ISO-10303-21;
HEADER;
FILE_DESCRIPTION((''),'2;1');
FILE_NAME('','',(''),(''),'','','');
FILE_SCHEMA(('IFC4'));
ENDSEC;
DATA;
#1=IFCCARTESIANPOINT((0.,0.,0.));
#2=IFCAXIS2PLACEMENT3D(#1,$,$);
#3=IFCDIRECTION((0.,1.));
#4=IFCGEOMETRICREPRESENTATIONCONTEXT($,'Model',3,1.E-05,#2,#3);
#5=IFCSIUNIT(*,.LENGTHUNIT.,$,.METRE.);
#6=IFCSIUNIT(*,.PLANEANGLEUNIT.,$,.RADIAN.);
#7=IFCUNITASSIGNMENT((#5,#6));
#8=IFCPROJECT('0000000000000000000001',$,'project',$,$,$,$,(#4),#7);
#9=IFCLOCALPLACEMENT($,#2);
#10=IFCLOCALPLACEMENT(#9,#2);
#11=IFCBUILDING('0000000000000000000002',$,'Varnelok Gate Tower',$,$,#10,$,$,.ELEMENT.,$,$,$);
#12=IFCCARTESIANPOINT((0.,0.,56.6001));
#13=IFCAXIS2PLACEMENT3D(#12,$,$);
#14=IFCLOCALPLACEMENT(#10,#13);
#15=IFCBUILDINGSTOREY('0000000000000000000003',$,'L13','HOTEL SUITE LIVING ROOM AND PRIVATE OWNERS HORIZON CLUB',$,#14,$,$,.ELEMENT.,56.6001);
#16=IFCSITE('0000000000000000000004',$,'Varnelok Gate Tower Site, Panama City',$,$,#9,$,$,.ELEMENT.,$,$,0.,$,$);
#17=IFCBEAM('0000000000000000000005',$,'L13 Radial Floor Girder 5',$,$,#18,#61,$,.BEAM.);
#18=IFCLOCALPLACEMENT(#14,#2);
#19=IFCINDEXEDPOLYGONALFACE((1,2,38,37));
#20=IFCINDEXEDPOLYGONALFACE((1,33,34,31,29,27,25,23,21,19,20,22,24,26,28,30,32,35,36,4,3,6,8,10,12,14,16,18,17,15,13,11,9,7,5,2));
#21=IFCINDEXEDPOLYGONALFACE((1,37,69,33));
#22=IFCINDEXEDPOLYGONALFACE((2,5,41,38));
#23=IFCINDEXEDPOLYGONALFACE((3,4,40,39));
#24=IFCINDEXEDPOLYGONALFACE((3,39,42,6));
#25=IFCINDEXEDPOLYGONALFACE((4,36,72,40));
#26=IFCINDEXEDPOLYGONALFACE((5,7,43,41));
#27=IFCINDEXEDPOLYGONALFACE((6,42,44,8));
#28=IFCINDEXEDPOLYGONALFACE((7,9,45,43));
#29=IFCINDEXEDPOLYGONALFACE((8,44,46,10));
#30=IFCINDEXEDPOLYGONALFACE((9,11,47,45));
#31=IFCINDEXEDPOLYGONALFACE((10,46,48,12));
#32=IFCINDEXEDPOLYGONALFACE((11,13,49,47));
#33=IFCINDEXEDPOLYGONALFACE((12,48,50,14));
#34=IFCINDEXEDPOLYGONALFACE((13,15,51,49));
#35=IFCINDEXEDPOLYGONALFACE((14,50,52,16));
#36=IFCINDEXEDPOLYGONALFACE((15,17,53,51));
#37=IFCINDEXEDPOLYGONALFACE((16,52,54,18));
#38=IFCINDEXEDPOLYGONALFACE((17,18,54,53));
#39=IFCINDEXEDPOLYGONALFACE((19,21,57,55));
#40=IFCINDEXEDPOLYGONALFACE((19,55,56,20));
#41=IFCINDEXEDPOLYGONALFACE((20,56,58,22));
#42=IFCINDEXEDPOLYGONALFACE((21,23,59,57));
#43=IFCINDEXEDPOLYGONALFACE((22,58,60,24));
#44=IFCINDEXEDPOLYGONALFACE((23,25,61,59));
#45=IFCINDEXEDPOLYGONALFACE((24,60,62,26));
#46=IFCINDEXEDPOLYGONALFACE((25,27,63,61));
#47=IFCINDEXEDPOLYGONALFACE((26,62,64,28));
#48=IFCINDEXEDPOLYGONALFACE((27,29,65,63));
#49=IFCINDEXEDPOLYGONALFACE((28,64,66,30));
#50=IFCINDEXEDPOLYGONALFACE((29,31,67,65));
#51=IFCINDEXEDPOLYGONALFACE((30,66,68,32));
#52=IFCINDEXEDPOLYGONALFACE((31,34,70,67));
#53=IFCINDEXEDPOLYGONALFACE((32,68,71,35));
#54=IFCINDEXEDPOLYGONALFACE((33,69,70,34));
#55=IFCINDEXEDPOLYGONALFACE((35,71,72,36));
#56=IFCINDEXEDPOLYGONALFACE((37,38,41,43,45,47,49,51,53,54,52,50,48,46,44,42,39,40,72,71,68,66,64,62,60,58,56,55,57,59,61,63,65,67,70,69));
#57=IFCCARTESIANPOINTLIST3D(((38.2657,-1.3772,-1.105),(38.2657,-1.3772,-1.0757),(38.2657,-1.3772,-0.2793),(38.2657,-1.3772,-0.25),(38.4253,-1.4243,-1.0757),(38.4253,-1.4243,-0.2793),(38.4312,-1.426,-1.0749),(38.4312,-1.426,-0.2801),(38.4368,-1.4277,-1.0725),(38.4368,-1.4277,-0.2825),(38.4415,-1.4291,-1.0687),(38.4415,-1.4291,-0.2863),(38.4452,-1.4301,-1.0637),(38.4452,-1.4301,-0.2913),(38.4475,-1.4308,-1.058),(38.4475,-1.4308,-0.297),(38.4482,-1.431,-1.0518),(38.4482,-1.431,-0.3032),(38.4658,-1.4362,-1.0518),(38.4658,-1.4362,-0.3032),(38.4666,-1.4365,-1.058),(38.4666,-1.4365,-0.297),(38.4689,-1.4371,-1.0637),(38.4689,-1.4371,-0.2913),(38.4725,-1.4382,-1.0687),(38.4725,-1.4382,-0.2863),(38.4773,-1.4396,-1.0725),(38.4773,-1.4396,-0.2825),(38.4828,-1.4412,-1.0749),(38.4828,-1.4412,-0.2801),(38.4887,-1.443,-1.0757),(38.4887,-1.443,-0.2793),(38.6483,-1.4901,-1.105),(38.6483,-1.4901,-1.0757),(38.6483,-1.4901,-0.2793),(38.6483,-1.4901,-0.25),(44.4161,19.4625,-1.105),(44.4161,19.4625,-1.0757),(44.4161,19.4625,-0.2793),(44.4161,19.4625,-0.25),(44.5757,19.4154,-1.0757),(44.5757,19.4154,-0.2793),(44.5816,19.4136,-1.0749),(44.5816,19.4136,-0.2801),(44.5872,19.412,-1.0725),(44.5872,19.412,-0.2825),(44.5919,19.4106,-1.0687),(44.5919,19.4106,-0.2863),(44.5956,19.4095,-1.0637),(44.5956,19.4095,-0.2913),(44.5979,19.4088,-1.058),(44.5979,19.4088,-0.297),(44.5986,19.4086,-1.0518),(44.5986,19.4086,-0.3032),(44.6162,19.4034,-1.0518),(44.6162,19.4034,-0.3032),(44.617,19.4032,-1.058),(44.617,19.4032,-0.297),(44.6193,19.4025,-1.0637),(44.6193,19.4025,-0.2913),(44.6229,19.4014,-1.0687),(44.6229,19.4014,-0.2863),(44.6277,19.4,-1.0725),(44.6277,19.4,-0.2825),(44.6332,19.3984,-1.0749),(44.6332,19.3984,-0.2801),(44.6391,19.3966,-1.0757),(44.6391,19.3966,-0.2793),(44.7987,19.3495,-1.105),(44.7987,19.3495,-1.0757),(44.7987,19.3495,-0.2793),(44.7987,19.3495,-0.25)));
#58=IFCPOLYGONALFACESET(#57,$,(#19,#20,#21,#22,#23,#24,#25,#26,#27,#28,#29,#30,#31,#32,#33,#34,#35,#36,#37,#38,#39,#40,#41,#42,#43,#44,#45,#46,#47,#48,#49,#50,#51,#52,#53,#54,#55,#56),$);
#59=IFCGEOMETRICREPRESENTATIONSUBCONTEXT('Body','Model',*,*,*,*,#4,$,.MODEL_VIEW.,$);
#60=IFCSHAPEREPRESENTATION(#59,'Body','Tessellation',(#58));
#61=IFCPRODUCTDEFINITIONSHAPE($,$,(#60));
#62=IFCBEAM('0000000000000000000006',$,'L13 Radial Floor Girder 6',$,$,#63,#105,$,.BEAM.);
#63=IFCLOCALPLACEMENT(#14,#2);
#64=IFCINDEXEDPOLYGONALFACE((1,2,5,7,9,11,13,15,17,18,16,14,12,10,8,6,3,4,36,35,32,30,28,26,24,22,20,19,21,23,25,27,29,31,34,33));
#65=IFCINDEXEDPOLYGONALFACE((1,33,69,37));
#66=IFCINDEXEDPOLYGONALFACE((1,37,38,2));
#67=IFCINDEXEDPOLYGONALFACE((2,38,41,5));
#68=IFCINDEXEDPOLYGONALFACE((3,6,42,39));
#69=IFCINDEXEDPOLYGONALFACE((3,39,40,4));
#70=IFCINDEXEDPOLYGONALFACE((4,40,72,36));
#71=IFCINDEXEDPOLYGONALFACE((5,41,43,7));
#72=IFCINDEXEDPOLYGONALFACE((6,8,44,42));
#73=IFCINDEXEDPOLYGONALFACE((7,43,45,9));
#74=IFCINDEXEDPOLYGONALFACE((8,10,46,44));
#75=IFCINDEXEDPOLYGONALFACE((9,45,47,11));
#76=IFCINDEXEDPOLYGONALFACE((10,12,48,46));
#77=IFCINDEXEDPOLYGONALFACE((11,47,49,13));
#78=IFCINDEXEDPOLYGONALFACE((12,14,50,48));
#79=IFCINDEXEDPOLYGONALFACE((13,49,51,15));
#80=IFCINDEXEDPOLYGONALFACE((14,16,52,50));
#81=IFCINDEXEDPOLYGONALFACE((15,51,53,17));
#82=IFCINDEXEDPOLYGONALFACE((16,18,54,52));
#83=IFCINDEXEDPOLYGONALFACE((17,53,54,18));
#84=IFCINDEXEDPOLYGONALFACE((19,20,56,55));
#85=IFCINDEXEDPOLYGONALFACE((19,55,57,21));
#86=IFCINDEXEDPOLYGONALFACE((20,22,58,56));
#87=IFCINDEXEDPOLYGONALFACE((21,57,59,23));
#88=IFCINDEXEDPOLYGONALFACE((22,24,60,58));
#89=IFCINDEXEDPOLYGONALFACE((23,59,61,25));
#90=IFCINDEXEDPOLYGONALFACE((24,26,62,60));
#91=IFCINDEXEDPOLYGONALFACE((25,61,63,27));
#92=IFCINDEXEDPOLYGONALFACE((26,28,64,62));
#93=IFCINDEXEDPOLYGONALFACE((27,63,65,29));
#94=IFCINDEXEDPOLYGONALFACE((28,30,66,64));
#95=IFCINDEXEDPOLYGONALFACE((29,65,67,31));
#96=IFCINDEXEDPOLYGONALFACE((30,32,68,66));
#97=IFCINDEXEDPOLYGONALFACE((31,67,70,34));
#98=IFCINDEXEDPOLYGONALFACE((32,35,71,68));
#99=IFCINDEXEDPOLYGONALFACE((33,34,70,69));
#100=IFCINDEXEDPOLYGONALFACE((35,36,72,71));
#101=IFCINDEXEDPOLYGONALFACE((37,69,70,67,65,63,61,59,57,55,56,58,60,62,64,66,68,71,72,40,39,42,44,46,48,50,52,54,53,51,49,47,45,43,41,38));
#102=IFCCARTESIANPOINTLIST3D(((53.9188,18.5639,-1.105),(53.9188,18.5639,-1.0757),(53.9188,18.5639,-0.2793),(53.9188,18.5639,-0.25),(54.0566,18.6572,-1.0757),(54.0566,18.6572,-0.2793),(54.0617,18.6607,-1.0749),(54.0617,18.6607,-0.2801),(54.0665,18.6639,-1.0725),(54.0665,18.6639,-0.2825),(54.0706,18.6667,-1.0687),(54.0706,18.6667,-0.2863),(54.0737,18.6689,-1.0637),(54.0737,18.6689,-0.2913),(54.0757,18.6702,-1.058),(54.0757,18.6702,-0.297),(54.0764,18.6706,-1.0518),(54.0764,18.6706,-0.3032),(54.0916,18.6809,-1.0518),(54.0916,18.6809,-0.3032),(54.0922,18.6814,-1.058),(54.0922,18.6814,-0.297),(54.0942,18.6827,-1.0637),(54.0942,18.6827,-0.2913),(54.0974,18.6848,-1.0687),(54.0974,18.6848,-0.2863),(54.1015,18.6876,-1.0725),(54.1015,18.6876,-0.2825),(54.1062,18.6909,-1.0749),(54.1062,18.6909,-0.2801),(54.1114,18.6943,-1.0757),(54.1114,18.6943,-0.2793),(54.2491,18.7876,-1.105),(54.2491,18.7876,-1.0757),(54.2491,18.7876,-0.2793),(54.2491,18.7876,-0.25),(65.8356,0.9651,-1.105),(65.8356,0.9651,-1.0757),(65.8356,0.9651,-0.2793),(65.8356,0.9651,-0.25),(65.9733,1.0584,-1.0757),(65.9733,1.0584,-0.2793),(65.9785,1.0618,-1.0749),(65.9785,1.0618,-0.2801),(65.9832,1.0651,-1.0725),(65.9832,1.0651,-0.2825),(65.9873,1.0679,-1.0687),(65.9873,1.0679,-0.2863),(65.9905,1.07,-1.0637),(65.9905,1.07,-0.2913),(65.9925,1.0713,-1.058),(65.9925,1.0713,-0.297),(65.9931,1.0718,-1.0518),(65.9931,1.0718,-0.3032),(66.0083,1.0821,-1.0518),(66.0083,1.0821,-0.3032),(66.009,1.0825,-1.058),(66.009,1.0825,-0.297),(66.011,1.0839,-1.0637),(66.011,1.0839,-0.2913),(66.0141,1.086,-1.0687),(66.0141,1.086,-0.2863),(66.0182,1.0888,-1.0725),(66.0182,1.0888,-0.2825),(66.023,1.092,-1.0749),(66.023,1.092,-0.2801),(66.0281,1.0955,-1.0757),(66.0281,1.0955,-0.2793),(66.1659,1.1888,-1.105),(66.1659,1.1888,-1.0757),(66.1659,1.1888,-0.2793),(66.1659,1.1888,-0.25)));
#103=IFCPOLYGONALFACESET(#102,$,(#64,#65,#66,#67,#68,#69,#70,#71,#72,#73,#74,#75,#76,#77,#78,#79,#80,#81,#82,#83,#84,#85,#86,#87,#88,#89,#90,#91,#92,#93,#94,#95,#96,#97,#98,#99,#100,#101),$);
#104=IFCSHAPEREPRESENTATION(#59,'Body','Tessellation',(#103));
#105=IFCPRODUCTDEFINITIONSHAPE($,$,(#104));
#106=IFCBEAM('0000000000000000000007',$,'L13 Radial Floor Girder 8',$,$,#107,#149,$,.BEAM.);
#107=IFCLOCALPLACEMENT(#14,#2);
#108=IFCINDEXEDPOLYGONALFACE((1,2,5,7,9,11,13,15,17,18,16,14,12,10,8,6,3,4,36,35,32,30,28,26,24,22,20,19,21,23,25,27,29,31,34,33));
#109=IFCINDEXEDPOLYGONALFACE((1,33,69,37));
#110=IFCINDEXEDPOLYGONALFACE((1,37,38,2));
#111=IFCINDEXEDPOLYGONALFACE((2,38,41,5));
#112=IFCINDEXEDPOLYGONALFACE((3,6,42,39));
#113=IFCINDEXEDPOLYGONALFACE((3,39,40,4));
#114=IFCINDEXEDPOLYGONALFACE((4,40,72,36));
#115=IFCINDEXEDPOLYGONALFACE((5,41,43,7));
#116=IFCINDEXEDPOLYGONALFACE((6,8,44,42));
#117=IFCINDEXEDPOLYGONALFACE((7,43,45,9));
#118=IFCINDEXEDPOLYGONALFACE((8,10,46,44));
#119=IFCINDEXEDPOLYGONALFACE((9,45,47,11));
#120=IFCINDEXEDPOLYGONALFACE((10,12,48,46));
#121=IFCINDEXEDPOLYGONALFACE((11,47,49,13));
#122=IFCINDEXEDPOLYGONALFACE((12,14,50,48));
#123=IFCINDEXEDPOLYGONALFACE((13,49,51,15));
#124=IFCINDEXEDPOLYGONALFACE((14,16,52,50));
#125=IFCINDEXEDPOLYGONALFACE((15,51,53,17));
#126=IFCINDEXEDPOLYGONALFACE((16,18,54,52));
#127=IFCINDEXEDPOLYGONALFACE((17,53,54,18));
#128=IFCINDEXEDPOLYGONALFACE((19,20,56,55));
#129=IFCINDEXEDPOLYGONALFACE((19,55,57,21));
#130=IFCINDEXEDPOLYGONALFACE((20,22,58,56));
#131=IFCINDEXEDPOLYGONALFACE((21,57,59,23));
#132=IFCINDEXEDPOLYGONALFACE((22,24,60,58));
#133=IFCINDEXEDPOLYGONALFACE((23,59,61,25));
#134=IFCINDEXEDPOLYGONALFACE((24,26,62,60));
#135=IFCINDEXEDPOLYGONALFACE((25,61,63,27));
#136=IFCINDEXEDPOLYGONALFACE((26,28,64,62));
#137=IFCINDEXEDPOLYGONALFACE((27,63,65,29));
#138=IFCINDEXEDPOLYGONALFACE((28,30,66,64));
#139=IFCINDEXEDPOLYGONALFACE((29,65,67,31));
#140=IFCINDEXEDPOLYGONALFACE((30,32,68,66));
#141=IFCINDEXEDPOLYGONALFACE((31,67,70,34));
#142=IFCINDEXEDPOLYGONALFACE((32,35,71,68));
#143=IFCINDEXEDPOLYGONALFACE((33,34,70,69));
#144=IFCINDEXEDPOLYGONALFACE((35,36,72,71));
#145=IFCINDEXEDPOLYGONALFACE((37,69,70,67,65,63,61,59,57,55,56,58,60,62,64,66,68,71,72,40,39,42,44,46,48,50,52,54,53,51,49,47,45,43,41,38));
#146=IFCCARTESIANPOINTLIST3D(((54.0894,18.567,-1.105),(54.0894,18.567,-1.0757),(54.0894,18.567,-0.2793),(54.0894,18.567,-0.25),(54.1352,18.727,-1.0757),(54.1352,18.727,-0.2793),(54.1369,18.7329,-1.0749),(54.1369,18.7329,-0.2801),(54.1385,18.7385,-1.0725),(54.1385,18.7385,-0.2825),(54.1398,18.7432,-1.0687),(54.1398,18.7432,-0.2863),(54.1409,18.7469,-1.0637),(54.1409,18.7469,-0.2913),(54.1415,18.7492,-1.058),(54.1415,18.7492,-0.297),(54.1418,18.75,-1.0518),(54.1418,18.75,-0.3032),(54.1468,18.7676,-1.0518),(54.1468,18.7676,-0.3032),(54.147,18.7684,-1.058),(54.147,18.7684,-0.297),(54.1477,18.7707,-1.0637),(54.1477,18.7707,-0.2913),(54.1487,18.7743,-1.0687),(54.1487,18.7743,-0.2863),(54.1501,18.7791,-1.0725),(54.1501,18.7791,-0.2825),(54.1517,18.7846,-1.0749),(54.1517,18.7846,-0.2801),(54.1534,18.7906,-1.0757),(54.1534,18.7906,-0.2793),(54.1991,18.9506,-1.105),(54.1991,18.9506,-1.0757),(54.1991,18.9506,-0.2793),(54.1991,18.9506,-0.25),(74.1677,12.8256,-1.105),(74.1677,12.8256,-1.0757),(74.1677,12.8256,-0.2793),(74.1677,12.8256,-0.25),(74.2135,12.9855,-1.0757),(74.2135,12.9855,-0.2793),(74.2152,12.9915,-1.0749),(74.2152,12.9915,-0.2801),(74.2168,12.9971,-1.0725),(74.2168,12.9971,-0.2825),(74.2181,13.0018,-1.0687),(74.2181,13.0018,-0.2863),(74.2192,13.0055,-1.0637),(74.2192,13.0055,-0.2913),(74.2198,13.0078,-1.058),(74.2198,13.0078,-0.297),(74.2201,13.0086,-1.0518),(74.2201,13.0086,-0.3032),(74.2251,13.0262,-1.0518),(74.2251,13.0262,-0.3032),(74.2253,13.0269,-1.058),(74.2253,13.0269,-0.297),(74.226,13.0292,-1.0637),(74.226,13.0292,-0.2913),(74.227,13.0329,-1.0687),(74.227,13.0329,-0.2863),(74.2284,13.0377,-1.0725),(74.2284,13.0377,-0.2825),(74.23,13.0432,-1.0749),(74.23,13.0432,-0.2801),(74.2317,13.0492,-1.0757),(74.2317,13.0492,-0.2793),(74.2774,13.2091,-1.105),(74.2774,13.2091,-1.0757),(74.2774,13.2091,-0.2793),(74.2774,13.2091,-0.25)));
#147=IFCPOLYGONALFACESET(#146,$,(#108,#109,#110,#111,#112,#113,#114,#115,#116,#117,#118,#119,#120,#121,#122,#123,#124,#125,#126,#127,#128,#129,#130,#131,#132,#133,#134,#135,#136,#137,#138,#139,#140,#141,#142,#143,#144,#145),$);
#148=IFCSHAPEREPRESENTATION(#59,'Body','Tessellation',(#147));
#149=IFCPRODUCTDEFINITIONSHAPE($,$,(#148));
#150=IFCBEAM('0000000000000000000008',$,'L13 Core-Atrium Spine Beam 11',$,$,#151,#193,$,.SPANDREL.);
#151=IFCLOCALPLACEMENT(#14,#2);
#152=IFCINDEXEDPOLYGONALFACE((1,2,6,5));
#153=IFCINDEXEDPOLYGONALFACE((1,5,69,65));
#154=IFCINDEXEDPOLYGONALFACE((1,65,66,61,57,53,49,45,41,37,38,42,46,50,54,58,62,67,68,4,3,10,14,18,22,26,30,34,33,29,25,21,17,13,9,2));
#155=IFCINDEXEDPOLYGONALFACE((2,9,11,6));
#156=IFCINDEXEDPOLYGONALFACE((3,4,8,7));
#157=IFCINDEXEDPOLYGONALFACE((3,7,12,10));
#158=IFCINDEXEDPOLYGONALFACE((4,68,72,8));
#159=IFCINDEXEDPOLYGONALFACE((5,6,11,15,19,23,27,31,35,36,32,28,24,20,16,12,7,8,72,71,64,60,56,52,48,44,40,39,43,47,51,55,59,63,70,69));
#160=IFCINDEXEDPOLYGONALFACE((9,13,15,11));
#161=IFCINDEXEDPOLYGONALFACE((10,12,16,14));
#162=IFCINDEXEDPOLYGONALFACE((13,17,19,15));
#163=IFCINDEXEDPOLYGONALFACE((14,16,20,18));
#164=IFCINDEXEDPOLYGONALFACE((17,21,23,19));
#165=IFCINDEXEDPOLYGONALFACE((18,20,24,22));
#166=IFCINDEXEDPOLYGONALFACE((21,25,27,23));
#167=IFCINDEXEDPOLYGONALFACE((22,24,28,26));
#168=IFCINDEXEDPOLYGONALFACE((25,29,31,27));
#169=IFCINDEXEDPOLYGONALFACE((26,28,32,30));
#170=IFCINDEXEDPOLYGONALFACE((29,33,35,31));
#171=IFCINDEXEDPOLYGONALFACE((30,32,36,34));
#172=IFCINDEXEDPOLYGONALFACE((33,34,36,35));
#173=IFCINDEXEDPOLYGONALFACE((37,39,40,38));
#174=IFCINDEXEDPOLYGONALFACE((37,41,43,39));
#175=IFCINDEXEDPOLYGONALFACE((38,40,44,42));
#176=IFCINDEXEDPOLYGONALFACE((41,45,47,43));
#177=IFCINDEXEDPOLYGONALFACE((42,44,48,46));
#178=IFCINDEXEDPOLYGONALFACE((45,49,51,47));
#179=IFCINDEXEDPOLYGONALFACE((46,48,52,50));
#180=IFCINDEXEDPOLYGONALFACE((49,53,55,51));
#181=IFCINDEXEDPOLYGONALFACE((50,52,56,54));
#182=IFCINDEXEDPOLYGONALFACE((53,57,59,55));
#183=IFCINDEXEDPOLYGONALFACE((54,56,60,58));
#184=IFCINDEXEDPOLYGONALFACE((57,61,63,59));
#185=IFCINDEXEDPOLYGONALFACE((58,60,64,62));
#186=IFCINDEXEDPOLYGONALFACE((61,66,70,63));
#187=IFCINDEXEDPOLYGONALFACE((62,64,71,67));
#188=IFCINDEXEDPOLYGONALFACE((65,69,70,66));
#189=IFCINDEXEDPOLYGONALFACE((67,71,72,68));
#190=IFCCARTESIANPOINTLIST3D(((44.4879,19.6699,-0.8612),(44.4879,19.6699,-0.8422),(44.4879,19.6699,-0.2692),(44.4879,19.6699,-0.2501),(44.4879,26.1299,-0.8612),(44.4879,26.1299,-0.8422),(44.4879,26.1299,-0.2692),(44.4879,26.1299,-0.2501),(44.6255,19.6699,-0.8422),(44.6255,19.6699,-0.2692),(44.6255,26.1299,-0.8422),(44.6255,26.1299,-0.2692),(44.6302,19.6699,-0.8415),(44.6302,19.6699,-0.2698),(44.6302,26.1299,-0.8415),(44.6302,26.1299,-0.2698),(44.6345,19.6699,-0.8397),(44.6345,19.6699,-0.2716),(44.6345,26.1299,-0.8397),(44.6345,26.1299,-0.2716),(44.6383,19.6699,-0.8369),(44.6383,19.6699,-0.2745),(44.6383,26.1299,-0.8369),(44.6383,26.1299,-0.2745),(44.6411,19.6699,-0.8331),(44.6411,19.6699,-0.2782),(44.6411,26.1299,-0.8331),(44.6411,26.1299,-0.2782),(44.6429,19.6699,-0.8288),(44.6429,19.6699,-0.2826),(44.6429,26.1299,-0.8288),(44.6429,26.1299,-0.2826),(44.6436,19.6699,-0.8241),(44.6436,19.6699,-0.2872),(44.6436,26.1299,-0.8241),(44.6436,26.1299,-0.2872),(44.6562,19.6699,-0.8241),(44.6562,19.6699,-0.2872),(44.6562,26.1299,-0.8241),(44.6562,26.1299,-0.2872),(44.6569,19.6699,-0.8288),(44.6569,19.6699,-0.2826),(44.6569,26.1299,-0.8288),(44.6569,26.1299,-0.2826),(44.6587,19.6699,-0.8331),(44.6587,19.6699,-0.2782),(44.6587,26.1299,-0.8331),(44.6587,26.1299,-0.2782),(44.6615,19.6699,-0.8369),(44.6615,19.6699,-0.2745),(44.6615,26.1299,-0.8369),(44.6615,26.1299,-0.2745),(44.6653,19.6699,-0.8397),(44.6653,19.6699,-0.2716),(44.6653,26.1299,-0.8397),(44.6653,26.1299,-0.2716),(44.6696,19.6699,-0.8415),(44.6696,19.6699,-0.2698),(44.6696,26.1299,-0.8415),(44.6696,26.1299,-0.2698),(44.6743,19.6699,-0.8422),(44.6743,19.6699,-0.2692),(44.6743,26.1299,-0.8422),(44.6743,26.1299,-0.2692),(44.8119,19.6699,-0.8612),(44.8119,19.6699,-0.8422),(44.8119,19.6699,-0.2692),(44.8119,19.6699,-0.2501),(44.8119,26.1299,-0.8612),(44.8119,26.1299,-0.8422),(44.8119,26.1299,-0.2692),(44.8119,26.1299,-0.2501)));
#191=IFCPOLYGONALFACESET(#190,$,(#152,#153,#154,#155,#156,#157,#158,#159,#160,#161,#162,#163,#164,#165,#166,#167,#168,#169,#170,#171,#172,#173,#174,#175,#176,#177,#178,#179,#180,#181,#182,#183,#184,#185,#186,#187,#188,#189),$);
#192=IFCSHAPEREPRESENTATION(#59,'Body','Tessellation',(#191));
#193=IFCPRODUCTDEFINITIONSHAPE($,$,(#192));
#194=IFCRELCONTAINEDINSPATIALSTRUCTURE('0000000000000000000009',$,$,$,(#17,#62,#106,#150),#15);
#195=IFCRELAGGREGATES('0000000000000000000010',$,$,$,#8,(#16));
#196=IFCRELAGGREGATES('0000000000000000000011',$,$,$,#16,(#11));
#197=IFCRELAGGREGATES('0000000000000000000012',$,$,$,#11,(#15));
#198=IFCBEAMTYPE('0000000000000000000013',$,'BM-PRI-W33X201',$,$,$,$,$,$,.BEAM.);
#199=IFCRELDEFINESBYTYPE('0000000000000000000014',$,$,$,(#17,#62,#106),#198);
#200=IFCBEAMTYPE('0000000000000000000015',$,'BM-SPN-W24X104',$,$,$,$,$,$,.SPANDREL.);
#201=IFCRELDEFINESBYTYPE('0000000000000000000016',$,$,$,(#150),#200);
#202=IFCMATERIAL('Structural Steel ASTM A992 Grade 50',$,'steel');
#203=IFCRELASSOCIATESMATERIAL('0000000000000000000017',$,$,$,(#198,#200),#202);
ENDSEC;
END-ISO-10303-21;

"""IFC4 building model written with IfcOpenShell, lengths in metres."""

from ifc_helpers import new_model, si_unit, direction, frame, origin, origin_2d, place, context, subcontext, project, spatial, i_section, extrude, material, material_profile, profile_set, type_object, element, save


model = new_model("IFC4")

# Units and contexts
model_context = context("Model", 3, precision=1e-05, world=origin(), true_north=direction((0.0, 1.0)))
body_context = subcontext(model_context, "Body", "Model", "MODEL_VIEW")
ifc_project = project(units=[si_unit("LENGTHUNIT", "METRE"), si_unit("PLANEANGLEUNIT", "RADIAN")], contexts=[model_context])

# Site, building, storey
site_placement = place(None, origin())
site = spatial("IfcSite", under=ifc_project, at=site_placement, Name="Varnelok Gate Tower Site, Panama City", CompositionType="ELEMENT", RefElevation=0.0)
building_placement = place(site_placement, origin())
building = spatial("IfcBuilding", under=site, at=building_placement, Name="Varnelok Gate Tower", CompositionType="ELEMENT")
storey_placement = place(building_placement, frame((0.0, 0.0, 56.6001)))
storey = spatial("IfcBuildingStorey", under=building, at=storey_placement, Name="L13", Description="HOTEL SUITE LIVING ROOM AND PRIVATE OWNERS HORIZON CLUB", CompositionType="ELEMENT", Elevation=56.6001)

# Shared definitions
ifc_material_1 = material(Name="Structural Steel ASTM A992 Grade 50", Category="steel")

# Beams
ifc_material_profile_1 = material_profile(ifc_material_1, i_section(OverallWidth=0.3989, OverallDepth=0.855, WebThickness=0.0183, FlangeThickness=0.0293, FilletRadius=0.0239, at=origin_2d()), Name="W33X201")
ifc_profile_set_1 = profile_set([ifc_material_profile_1], Name="Structural Steel ASTM A992 Grade 50")
beam_type_1 = type_object("IfcBeamType", Name="BM-PRI-W33X201", PredefinedType="BEAM", material=ifc_profile_set_1)
beam_1_placement = place(storey_placement, frame((44.6074, 19.406, -0.6775), z_axis=(-0.28306, -0.959102, 0.0), x_axis=(0.959102, -0.28306, 0.0)))
element("IfcBeam", 1, at=beam_1_placement, inside=storey, type_object=beam_type_1, Name="L13 Radial Floor Girder 5", PredefinedType="BEAM", context=body_context, shape_type="SweptSolid", body=[
    extrude(i_section(OverallWidth=0.3989, OverallDepth=0.855, WebThickness=0.0183, FlangeThickness=0.0293, FilletRadius=0.0239, at=origin_2d()), origin(), (0.0, 0.0, 1.0), 21.7283),
])
beam_2_placement = place(storey_placement, frame((54.084, 18.6758, -0.6775), z_axis=(0.560685, -0.828029, 0.0), x_axis=(0.828029, 0.560685, 0.0)))
element("IfcBeam", 2, at=beam_2_placement, inside=storey, type_object=beam_type_1, Name="L13 Radial Floor Girder 6", PredefinedType="BEAM", context=body_context, shape_type="SweptSolid", body=[
    extrude(i_section(OverallWidth=0.3989, OverallDepth=0.855, WebThickness=0.0183, FlangeThickness=0.0293, FilletRadius=0.0239, at=origin_2d()), origin(), (0.0, 0.0, 1.0), 21.2539),
])
beam_3_placement = place(storey_placement, frame((54.1443, 18.7588, -0.6775), z_axis=(0.961463, -0.274933, 0.0), x_axis=(0.274933, 0.961463, 0.0)))
element("IfcBeam", 3, at=beam_3_placement, inside=storey, type_object=beam_type_1, Name="L13 Radial Floor Girder 8", PredefinedType="BEAM", context=body_context, shape_type="SweptSolid", body=[
    extrude(i_section(OverallWidth=0.3989, OverallDepth=0.855, WebThickness=0.0183, FlangeThickness=0.0293, FilletRadius=0.0239, at=origin_2d()), origin(), (0.0, 0.0, 1.0), 20.8831),
])
ifc_material_profile_2 = material_profile(ifc_material_1, i_section(OverallWidth=0.324, OverallDepth=0.6111, WebThickness=0.0127, FlangeThickness=0.019, FilletRadius=0.0181, at=origin_2d()), Name="W24X104")
ifc_profile_set_2 = profile_set([ifc_material_profile_2], Name="Structural Steel ASTM A992 Grade 50")
beam_type_2 = type_object("IfcBeamType", Name="BM-SPN-W24X104", PredefinedType="SPANDREL", material=ifc_profile_set_2)
beam_4_placement = place(storey_placement, frame((44.6499, 19.6699, -0.5557), z_axis=(0.0, 1.0, 0.0), x_axis=(-1.0, 0.0, 0.0)))
element("IfcBeam", 4, at=beam_4_placement, inside=storey, type_object=beam_type_2, Name="L13 Core-Atrium Spine Beam 11", PredefinedType="SPANDREL", context=body_context, shape_type="SweptSolid", body=[
    extrude(i_section(OverallWidth=0.324, OverallDepth=0.6111, WebThickness=0.0127, FlangeThickness=0.019, FilletRadius=0.0181, at=origin_2d()), origin(), (0.0, 0.0, 1.0), 6.46),
])

save(model, "model.ifc")
